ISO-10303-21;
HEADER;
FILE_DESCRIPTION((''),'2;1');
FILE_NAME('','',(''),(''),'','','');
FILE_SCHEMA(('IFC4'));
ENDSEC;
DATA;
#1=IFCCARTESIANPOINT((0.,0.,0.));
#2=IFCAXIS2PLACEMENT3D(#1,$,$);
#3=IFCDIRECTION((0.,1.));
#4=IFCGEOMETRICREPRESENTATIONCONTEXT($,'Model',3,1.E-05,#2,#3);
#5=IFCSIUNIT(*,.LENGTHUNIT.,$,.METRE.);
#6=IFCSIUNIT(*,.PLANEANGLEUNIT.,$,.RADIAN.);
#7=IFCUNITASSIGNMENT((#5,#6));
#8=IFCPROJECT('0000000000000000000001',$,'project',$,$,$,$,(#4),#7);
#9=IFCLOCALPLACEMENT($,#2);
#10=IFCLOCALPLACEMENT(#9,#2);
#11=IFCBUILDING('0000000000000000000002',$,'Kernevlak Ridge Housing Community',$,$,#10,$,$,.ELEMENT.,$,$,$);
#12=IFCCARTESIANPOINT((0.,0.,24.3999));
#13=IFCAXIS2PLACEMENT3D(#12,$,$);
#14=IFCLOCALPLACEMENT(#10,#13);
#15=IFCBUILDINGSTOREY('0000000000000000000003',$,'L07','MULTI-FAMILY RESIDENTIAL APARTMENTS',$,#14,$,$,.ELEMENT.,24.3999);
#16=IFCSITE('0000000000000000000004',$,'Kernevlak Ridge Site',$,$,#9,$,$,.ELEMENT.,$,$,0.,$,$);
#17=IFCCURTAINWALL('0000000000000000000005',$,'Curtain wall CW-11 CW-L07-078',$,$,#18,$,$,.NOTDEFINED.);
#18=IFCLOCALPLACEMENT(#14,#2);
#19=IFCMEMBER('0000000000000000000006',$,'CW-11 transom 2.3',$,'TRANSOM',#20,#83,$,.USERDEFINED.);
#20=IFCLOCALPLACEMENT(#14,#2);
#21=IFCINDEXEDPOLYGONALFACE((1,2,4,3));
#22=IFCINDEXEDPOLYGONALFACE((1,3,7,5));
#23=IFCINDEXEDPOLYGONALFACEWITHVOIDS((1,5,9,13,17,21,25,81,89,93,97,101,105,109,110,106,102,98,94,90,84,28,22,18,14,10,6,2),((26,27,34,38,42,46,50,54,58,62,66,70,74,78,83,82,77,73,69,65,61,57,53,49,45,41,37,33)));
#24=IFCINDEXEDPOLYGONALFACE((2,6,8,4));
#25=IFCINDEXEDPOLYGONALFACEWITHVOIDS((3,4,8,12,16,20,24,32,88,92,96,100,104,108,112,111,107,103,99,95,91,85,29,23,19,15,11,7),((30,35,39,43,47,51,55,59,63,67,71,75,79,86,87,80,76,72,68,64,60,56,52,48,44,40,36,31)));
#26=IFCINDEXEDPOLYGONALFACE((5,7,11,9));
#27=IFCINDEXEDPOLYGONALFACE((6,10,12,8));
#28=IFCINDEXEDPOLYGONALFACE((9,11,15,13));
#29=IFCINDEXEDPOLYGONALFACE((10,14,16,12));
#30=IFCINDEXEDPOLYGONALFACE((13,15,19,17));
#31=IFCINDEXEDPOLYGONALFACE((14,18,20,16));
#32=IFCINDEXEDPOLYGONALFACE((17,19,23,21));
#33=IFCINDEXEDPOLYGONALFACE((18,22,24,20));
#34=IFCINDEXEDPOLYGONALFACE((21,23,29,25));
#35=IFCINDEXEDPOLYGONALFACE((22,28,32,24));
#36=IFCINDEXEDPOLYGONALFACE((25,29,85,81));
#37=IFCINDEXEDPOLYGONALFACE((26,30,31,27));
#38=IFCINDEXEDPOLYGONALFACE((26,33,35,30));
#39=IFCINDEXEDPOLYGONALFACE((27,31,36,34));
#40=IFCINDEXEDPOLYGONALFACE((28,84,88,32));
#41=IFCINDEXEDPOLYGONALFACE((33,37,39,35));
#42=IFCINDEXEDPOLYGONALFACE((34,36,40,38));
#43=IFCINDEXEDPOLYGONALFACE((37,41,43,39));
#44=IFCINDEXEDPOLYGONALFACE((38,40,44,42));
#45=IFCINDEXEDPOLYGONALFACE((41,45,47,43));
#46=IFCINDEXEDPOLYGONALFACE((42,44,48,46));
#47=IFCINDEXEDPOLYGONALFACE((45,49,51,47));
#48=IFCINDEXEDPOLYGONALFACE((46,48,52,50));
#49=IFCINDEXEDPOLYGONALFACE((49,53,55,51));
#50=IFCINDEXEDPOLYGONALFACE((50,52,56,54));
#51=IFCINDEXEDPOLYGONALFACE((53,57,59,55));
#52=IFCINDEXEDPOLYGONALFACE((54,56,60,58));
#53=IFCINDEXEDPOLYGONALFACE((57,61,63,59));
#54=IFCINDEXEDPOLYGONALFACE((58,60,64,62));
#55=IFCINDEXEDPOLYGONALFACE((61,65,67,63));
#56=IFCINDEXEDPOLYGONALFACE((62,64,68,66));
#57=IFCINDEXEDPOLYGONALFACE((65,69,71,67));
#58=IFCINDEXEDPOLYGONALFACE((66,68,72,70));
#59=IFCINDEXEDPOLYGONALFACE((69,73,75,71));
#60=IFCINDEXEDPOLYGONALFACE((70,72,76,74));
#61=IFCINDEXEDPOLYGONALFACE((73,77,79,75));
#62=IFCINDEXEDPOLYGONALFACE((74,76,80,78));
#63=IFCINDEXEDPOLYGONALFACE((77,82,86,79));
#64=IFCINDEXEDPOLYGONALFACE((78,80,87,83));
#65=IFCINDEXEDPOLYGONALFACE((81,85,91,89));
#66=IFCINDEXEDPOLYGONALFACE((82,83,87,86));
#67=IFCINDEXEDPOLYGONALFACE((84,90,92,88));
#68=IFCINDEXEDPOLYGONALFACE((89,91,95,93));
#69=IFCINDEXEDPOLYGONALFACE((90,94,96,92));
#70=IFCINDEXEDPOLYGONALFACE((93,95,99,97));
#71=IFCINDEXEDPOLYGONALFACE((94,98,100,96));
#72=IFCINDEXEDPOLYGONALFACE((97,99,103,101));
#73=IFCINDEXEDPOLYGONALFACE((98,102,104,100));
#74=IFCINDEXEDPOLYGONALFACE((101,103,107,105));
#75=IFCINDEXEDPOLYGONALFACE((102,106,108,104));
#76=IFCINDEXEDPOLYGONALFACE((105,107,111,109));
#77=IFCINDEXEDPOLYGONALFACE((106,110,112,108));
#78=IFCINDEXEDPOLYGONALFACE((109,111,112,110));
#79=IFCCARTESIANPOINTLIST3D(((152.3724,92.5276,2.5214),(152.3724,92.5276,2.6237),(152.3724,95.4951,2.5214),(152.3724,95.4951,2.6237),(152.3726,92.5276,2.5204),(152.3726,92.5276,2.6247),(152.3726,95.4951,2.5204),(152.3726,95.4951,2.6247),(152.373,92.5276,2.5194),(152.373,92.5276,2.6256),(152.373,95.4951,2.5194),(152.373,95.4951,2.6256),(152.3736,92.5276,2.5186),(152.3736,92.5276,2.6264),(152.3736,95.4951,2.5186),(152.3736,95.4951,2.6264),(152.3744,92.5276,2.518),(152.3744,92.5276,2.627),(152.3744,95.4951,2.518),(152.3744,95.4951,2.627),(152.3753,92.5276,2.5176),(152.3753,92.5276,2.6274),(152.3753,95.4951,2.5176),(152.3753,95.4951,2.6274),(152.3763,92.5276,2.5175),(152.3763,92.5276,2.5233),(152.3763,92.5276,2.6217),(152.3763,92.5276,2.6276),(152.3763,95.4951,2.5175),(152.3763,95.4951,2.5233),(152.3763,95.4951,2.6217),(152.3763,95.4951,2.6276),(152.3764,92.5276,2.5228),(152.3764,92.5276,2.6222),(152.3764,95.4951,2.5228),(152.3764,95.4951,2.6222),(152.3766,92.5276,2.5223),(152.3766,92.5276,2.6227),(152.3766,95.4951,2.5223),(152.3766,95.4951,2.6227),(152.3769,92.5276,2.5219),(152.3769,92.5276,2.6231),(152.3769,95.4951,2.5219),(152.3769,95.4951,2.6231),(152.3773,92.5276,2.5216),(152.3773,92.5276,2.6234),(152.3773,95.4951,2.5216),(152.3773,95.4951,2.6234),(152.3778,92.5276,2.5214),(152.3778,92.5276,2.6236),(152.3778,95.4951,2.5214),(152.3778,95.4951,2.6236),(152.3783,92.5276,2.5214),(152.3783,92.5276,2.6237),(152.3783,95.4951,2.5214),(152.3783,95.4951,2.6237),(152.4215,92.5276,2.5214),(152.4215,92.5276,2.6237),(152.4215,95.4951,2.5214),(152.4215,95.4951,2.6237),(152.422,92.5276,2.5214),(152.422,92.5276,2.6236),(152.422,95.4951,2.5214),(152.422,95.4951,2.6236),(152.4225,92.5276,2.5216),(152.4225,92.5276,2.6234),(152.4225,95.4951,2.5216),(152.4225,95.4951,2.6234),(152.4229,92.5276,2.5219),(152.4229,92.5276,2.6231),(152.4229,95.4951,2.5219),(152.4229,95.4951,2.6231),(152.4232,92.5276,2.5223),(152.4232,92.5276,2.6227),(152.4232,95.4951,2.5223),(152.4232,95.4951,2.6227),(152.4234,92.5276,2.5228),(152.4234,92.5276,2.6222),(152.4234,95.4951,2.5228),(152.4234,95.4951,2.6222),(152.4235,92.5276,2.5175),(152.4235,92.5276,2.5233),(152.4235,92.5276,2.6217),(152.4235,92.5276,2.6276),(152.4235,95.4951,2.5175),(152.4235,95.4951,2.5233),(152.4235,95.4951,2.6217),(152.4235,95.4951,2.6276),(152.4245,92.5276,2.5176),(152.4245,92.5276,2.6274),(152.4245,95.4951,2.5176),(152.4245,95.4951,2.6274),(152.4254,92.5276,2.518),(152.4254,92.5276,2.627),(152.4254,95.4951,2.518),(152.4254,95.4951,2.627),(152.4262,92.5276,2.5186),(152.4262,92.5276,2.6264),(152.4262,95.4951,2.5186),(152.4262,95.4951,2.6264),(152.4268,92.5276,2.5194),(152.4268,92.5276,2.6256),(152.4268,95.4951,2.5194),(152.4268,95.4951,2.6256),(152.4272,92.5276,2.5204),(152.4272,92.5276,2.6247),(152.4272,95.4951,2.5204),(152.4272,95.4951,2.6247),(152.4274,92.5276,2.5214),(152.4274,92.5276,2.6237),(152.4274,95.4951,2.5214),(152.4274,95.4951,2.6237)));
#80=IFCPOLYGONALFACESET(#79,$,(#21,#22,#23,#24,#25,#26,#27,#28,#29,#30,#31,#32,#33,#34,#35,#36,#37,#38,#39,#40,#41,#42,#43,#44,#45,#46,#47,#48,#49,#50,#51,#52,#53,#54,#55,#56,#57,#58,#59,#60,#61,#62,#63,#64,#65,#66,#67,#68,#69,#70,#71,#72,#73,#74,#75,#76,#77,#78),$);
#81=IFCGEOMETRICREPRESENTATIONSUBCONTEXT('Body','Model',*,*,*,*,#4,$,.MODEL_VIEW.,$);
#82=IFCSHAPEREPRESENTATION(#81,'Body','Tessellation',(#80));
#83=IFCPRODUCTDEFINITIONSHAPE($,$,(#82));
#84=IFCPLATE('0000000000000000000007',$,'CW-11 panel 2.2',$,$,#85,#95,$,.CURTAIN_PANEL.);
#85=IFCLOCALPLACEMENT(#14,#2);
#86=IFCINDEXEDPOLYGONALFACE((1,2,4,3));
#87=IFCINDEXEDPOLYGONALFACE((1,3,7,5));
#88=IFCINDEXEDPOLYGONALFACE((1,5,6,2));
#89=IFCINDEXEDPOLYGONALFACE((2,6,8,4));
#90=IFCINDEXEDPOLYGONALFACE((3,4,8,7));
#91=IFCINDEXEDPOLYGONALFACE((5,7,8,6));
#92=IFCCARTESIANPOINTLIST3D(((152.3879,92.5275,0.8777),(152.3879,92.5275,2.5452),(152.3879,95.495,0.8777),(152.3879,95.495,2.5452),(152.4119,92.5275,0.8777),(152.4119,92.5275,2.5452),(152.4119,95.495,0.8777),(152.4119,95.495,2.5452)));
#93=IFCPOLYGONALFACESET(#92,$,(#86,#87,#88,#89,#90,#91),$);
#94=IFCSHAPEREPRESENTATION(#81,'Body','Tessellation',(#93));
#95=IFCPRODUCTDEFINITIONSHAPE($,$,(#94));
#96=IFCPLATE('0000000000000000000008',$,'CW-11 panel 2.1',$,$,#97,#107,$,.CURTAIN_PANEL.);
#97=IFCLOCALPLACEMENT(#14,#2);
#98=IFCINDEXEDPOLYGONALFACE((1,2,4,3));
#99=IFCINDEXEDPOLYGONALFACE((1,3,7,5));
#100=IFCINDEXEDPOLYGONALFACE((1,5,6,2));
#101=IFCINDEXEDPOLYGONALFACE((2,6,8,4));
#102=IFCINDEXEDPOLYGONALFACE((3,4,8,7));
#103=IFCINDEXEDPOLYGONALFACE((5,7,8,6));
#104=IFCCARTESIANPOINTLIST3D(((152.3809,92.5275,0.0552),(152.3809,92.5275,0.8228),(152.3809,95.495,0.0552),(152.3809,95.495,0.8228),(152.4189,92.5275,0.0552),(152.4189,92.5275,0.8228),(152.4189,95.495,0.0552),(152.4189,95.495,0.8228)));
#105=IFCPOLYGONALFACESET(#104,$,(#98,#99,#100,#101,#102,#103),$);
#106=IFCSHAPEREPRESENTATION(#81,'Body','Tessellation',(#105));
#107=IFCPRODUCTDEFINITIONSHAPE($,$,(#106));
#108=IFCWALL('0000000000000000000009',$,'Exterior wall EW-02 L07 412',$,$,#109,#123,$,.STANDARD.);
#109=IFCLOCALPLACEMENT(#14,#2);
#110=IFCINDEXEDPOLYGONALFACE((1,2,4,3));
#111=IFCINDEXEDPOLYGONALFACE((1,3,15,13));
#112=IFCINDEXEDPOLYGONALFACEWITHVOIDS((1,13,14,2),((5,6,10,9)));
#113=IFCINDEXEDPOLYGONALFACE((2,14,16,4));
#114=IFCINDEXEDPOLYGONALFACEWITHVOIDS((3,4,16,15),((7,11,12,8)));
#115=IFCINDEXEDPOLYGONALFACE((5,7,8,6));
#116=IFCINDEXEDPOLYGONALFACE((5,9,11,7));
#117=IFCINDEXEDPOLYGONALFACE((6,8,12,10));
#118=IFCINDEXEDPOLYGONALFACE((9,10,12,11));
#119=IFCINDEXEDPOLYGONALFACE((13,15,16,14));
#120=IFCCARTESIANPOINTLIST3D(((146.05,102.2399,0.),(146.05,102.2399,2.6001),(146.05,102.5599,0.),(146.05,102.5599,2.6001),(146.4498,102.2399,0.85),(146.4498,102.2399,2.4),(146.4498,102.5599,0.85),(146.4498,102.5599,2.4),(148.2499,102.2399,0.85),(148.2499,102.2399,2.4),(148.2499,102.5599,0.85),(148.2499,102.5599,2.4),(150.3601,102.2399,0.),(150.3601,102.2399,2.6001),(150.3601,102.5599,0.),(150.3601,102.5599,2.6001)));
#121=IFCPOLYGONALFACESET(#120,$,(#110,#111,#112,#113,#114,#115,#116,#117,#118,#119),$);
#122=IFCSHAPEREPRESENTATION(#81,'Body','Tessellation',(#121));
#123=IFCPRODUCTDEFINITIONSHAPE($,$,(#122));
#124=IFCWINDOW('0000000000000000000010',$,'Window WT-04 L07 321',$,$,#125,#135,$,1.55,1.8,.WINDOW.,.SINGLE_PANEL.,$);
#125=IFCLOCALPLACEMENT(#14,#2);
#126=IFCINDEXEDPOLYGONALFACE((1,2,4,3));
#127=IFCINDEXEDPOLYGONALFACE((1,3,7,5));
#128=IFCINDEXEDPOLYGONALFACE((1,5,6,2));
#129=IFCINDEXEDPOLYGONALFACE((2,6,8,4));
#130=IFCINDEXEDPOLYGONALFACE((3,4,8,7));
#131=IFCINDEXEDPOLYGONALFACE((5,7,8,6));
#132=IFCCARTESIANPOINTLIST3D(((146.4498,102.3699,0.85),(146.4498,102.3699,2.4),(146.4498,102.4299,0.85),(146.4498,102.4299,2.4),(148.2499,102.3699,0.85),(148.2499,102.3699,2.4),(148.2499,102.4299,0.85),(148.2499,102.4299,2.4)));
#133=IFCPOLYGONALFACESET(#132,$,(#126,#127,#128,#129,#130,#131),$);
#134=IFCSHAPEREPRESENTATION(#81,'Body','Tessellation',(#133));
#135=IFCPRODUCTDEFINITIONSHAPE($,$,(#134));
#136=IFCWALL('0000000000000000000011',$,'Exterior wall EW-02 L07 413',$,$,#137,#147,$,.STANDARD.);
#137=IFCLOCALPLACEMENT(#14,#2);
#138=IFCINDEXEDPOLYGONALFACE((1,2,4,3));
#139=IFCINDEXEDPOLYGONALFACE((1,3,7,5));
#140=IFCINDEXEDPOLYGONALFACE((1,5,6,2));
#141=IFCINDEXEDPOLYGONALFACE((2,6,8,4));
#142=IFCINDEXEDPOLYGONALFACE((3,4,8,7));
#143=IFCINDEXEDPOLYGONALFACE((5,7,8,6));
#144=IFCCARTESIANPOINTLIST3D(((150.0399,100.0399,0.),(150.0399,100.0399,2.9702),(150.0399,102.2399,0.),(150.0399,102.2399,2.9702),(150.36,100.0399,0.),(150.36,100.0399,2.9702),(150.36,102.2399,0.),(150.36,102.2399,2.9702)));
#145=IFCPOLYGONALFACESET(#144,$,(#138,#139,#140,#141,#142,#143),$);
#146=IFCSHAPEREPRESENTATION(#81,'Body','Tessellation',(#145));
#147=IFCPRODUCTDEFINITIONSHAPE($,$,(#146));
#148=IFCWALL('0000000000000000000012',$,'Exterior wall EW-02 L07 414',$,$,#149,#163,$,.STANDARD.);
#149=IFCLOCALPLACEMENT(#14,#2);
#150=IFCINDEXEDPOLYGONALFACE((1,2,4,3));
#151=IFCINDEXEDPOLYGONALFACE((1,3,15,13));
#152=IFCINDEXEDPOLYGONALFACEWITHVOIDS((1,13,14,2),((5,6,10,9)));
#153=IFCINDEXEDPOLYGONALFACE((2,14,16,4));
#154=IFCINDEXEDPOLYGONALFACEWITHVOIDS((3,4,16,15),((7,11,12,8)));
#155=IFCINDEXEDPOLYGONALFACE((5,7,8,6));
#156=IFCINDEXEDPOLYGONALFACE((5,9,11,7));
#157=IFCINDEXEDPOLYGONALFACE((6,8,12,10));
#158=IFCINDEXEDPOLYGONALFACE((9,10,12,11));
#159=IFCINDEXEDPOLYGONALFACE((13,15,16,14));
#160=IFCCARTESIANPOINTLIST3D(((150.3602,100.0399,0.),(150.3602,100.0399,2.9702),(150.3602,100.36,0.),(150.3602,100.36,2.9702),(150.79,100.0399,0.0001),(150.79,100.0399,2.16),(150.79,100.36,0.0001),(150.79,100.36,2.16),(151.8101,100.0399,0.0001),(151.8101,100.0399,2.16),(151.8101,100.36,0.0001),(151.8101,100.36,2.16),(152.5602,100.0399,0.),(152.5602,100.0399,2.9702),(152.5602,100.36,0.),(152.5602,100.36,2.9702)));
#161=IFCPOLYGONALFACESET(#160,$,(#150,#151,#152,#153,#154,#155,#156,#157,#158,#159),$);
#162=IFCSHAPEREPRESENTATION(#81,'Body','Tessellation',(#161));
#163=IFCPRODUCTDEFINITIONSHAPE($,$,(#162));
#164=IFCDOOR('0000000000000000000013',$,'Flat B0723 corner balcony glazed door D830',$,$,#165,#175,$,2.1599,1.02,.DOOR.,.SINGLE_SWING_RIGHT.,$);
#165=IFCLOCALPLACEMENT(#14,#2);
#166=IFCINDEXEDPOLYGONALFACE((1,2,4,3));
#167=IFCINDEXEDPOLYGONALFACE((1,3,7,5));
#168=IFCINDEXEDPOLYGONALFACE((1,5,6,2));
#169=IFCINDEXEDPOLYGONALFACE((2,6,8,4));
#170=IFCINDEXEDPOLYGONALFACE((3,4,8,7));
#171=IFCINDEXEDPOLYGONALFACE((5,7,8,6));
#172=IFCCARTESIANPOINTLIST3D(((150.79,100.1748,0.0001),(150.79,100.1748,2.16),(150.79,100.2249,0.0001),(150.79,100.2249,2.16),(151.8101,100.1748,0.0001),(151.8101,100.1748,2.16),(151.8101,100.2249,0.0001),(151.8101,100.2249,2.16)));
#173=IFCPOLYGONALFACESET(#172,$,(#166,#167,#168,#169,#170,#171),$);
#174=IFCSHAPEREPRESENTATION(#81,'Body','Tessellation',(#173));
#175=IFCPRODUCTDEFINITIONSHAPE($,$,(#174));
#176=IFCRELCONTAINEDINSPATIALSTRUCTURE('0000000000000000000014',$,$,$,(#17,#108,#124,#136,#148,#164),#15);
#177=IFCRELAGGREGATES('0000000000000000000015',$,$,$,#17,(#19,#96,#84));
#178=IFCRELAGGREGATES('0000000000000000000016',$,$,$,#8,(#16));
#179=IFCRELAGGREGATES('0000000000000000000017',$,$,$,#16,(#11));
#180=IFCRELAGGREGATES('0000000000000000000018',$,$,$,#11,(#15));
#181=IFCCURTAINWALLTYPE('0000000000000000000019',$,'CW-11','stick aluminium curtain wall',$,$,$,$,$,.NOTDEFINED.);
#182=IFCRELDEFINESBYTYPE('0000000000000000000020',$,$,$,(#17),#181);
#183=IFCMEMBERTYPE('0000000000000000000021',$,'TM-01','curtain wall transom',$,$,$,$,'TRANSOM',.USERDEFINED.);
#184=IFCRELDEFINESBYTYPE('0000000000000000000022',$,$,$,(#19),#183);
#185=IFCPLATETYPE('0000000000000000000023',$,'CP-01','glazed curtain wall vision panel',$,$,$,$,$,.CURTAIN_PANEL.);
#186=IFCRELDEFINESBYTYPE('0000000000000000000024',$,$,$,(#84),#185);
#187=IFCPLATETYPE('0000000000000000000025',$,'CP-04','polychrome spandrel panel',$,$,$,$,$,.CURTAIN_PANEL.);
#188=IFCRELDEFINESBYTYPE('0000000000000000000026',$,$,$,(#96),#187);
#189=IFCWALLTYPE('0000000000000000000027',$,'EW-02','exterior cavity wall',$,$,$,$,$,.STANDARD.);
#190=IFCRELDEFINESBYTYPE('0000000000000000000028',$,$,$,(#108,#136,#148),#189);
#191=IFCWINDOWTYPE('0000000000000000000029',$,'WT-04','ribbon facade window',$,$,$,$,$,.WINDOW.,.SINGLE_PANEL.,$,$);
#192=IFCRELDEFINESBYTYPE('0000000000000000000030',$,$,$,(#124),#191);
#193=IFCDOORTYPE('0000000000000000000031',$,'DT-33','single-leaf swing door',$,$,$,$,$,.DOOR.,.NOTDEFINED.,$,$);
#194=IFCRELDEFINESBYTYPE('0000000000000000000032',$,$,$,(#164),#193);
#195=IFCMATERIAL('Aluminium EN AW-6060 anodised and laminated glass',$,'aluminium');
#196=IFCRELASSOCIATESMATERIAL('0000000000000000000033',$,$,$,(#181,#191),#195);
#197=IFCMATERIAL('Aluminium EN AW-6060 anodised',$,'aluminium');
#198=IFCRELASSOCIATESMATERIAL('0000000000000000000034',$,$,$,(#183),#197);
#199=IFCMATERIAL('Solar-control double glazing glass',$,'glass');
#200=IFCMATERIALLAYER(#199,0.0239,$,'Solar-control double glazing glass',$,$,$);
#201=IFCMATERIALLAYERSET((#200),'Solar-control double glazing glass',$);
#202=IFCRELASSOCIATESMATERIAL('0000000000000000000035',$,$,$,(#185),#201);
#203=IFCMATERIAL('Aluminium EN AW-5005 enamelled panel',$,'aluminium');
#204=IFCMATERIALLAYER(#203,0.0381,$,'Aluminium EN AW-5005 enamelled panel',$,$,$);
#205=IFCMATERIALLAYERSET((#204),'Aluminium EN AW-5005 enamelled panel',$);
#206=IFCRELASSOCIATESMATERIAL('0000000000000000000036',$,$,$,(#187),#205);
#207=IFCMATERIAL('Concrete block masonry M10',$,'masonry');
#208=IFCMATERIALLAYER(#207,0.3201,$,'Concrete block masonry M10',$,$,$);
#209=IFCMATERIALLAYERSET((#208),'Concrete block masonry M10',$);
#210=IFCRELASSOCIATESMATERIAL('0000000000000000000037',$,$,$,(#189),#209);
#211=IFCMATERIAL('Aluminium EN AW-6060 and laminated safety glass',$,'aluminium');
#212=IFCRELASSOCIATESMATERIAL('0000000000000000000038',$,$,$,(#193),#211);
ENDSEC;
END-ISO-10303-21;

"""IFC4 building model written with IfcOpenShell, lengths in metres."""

from ifc_helpers import new_model, si_unit, direction, frame, frame_2d, origin, origin_2d, place, context, subcontext, project, spatial, rectangle, hollow_rectangle, extrude, material, layer, layer_set, material_profile, profile_set, type_object, element, fill, aggregate, save


model = new_model("IFC4")

# Units and contexts
model_context = context("Model", 3, precision=1e-05, world=origin(), true_north=direction((0.0, 1.0)))
body_context = subcontext(model_context, "Body", "Model", "MODEL_VIEW")
ifc_project = project(units=[si_unit("LENGTHUNIT", "METRE"), si_unit("PLANEANGLEUNIT", "RADIAN")], contexts=[model_context])

# Site, building, storey
site_placement = place(None, origin())
site = spatial("IfcSite", under=ifc_project, at=site_placement, Name="Kernevlak Ridge Site", CompositionType="ELEMENT", RefElevation=0.0)
building_placement = place(site_placement, origin())
building = spatial("IfcBuilding", under=site, at=building_placement, Name="Kernevlak Ridge Housing Community", CompositionType="ELEMENT")
storey_placement = place(building_placement, frame((0.0, 0.0, 24.3999)))
storey = spatial("IfcBuildingStorey", under=building, at=storey_placement, Name="L07", Description="MULTI-FAMILY RESIDENTIAL APARTMENTS", CompositionType="ELEMENT", Elevation=24.3999)

# Curtain wall
ifc_material_1 = material(Name="Aluminium EN AW-6060 anodised and laminated glass", Category="aluminium")
curtain_wall_type = type_object("IfcCurtainWallType", Name="CW-11", Description="stick aluminium curtain wall", PredefinedType="NOTDEFINED", material=ifc_material_1)
curtain_wall_placement = place(storey_placement, origin())
curtain_wall = element("IfcCurtainWall", 1, at=curtain_wall_placement, inside=storey, type_object=curtain_wall_type, Name="Curtain wall CW-11 CW-L07-078", PredefinedType="NOTDEFINED")
ifc_material_2 = material(Name="Aluminium EN AW-6060 anodised", Category="aluminium")

# Member
ifc_material_profile_1 = material_profile(ifc_material_2, hollow_rectangle(XDim=0.0549, YDim=0.1101, WallThickness=0.0039, InnerFilletRadius=0.002, OuterFilletRadius=0.0039, at=origin_2d()), Name="ALU 55x110x4")
ifc_profile_set_1 = profile_set([ifc_material_profile_1], Name="Aluminium EN AW-6060 anodised")
member_type_1 = type_object("IfcMemberType", Name="TM-01", Description="curtain wall transom", ElementType="TRANSOM", PredefinedType="USERDEFINED", material=ifc_profile_set_1)
member_1_placement = place(storey_placement, frame((152.3999, 92.5276, 2.5725), z_axis=(0.0, 1.0, 0.0), x_axis=(-1.0, 0.0, 0.0)))
member_1 = element("IfcMember", 2, at=member_1_placement, type_object=member_type_1, Name="CW-11 transom 2.3", ObjectType="TRANSOM", PredefinedType="USERDEFINED", context=body_context, shape_type="SweptSolid", body=[
    extrude(hollow_rectangle(XDim=0.0549, YDim=0.1101, WallThickness=0.0039, InnerFilletRadius=0.002, OuterFilletRadius=0.0039, at=origin_2d()), origin(), (0.0, 0.0, 1.0), 2.9675),
])

# Plates
ifc_material_3 = material(Name="Solar-control double glazing glass", Category="glass")
ifc_layer_1 = layer(ifc_material_3, 0.0239, Name="Solar-control double glazing glass")
ifc_layer_set_1 = layer_set([ifc_layer_1], Name="Solar-control double glazing glass")
plate_type_1 = type_object("IfcPlateType", Name="CP-01", Description="glazed curtain wall vision panel", PredefinedType="CURTAIN_PANEL", material=ifc_layer_set_1)
plate_1_placement = place(storey_placement, frame((152.3999, 94.0112, 0.8777), z_axis=(0.0, 0.0, 1.0), x_axis=(0.0, 1.0, 0.0)))
plate_1 = element("IfcPlate", 3, at=plate_1_placement, type_object=plate_type_1, Name="CW-11 panel 2.2", PredefinedType="CURTAIN_PANEL", context=body_context, shape_type="SweptSolid", body=[
    extrude(rectangle(XDim=2.9675, YDim=0.0239, at=origin_2d()), origin(), (0.0, 0.0, 1.0), 1.6675),
])
ifc_material_4 = material(Name="Aluminium EN AW-5005 enamelled panel", Category="aluminium")
ifc_layer_2 = layer(ifc_material_4, 0.0381, Name="Aluminium EN AW-5005 enamelled panel")
ifc_layer_set_2 = layer_set([ifc_layer_2], Name="Aluminium EN AW-5005 enamelled panel")
plate_type_2 = type_object("IfcPlateType", Name="CP-04", Description="polychrome spandrel panel", PredefinedType="CURTAIN_PANEL", material=ifc_layer_set_2)
plate_2_placement = place(storey_placement, frame((152.3999, 94.0112, 0.0552), z_axis=(0.0, 0.0, 1.0), x_axis=(0.0, 1.0, 0.0)))
plate_2 = element("IfcPlate", 4, at=plate_2_placement, type_object=plate_type_2, Name="CW-11 panel 2.1", PredefinedType="CURTAIN_PANEL", context=body_context, shape_type="SweptSolid", body=[
    extrude(rectangle(XDim=2.9675, YDim=0.0381, at=origin_2d()), origin(), (0.0, 0.0, 1.0), 0.7676),
])
aggregate(curtain_wall, [member_1, plate_2, plate_1])

# Wall, opening, window
ifc_material_5 = material(Name="Concrete block masonry M10", Category="masonry")
ifc_layer_3 = layer(ifc_material_5, 0.3201, Name="Concrete block masonry M10")
ifc_layer_set_3 = layer_set([ifc_layer_3], Name="Concrete block masonry M10")
wall_type_1 = type_object("IfcWallType", Name="EW-02", Description="exterior cavity wall", PredefinedType="STANDARD", material=ifc_layer_set_3)
wall_1_placement = place(storey_placement, frame((146.05, 102.3999, 0.0), z_axis=(0.0, 0.0, 1.0), x_axis=(1.0, 0.0, 0.0)))
wall_1 = element("IfcWall", 5, at=wall_1_placement, inside=storey, type_object=wall_type_1, Name="Exterior wall EW-02 L07 412", PredefinedType="STANDARD", context=body_context, shape_type="SweptSolid", body=[
    extrude(rectangle(XDim=4.3101, YDim=0.3201, at=frame_2d((2.155, 0.0))), origin(), (0.0, 0.0, 1.0), 2.6001),
])
opening_1_placement = place(wall_1_placement, frame((0.3999, 0.0, 0.8501)))
opening_1 = element("IfcOpeningElement", 6, at=opening_1_placement, cuts=wall_1, PredefinedType="OPENING", context=body_context, shape_type="SweptSolid", body=[
    extrude(rectangle(XDim=1.8, YDim=1.55, at=frame_2d((0.8999, 0.7749))), frame((0.0, 0.1699, 0.0), z_axis=(0.0, -1.0, 0.0), x_axis=(1.0, 0.0, 0.0)), (0.0, 0.0, 1.0), 0.3401),
])
window_type = type_object("IfcWindowType", Name="WT-04", Description="ribbon facade window", PartitioningType="SINGLE_PANEL", PredefinedType="WINDOW", material=ifc_material_1)
window_placement = place(opening_1_placement, origin())
window = element("IfcWindow", 7, at=window_placement, inside=storey, type_object=window_type, Name="Window WT-04 L07 321", OverallHeight=1.55, OverallWidth=1.8, PartitioningType="SINGLE_PANEL", PredefinedType="WINDOW", context=body_context, shape_type="SweptSolid", body=[
    extrude(rectangle(XDim=1.8, YDim=1.55, at=frame_2d((0.8999, 0.7749))), frame((0.0, 0.03, 0.0), z_axis=(0.0, -1.0, 0.0), x_axis=(1.0, 0.0, 0.0)), (0.0, 0.0, 1.0), 0.0601),
])
fill(opening_1, window)

# Wall
wall_2_placement = place(storey_placement, frame((150.2, 102.24, 0.0), z_axis=(0.0, 0.0, 1.0), x_axis=(0.0, -1.0, 0.0)))
element("IfcWall", 8, at=wall_2_placement, inside=storey, type_object=wall_type_1, Name="Exterior wall EW-02 L07 413", PredefinedType="STANDARD", context=body_context, shape_type="SweptSolid", body=[
    extrude(rectangle(XDim=2.2, YDim=0.3201, at=frame_2d((1.1001, 0.0))), origin(), (0.0, 0.0, 1.0), 2.9702),
])

# Wall, opening, door
wall_3_placement = place(storey_placement, frame((150.3601, 100.2, 0.0), z_axis=(0.0, 0.0, 1.0), x_axis=(1.0, 0.0, 0.0)))
wall_3 = element("IfcWall", 9, at=wall_3_placement, inside=storey, type_object=wall_type_1, Name="Exterior wall EW-02 L07 414", PredefinedType="STANDARD", context=body_context, shape_type="SweptSolid", body=[
    extrude(rectangle(XDim=2.2, YDim=0.3201, at=frame_2d((1.1001, 0.0))), origin(), (0.0, 0.0, 1.0), 2.9702),
])
opening_2_placement = place(wall_3_placement, frame((0.4299, 0.0, 0.0)))
opening_2 = element("IfcOpeningElement", 10, at=opening_2_placement, cuts=wall_3, PredefinedType="OPENING", context=body_context, shape_type="SweptSolid", body=[
    extrude(rectangle(XDim=1.02, YDim=2.1599, at=frame_2d((0.51, 1.0801))), frame((0.0, 0.1699, 0.0), z_axis=(0.0, -1.0, 0.0), x_axis=(1.0, 0.0, 0.0)), (0.0, 0.0, 1.0), 0.3401),
])
ifc_material_6 = material(Name="Aluminium EN AW-6060 and laminated safety glass", Category="aluminium")
door_type_1 = type_object("IfcDoorType", Name="DT-33", Description="single-leaf swing door", OperationType="NOTDEFINED", PredefinedType="DOOR", material=ifc_material_6)
door_1_placement = place(opening_2_placement, origin())
door_1 = element("IfcDoor", 11, at=door_1_placement, inside=storey, type_object=door_type_1, Name="Flat B0723 corner balcony glazed door D830", OperationType="SINGLE_SWING_RIGHT", OverallHeight=2.1599, OverallWidth=1.02, PredefinedType="DOOR", context=body_context, shape_type="SweptSolid", body=[
    extrude(rectangle(XDim=1.02, YDim=2.1599, at=frame_2d((0.51, 1.0801))), frame((0.0, 0.0249, 0.0), z_axis=(0.0, -1.0, 0.0), x_axis=(1.0, 0.0, 0.0)), (0.0, 0.0, 1.0), 0.05),
])
fill(opening_2, door_1)

save(model, "model.ifc")
